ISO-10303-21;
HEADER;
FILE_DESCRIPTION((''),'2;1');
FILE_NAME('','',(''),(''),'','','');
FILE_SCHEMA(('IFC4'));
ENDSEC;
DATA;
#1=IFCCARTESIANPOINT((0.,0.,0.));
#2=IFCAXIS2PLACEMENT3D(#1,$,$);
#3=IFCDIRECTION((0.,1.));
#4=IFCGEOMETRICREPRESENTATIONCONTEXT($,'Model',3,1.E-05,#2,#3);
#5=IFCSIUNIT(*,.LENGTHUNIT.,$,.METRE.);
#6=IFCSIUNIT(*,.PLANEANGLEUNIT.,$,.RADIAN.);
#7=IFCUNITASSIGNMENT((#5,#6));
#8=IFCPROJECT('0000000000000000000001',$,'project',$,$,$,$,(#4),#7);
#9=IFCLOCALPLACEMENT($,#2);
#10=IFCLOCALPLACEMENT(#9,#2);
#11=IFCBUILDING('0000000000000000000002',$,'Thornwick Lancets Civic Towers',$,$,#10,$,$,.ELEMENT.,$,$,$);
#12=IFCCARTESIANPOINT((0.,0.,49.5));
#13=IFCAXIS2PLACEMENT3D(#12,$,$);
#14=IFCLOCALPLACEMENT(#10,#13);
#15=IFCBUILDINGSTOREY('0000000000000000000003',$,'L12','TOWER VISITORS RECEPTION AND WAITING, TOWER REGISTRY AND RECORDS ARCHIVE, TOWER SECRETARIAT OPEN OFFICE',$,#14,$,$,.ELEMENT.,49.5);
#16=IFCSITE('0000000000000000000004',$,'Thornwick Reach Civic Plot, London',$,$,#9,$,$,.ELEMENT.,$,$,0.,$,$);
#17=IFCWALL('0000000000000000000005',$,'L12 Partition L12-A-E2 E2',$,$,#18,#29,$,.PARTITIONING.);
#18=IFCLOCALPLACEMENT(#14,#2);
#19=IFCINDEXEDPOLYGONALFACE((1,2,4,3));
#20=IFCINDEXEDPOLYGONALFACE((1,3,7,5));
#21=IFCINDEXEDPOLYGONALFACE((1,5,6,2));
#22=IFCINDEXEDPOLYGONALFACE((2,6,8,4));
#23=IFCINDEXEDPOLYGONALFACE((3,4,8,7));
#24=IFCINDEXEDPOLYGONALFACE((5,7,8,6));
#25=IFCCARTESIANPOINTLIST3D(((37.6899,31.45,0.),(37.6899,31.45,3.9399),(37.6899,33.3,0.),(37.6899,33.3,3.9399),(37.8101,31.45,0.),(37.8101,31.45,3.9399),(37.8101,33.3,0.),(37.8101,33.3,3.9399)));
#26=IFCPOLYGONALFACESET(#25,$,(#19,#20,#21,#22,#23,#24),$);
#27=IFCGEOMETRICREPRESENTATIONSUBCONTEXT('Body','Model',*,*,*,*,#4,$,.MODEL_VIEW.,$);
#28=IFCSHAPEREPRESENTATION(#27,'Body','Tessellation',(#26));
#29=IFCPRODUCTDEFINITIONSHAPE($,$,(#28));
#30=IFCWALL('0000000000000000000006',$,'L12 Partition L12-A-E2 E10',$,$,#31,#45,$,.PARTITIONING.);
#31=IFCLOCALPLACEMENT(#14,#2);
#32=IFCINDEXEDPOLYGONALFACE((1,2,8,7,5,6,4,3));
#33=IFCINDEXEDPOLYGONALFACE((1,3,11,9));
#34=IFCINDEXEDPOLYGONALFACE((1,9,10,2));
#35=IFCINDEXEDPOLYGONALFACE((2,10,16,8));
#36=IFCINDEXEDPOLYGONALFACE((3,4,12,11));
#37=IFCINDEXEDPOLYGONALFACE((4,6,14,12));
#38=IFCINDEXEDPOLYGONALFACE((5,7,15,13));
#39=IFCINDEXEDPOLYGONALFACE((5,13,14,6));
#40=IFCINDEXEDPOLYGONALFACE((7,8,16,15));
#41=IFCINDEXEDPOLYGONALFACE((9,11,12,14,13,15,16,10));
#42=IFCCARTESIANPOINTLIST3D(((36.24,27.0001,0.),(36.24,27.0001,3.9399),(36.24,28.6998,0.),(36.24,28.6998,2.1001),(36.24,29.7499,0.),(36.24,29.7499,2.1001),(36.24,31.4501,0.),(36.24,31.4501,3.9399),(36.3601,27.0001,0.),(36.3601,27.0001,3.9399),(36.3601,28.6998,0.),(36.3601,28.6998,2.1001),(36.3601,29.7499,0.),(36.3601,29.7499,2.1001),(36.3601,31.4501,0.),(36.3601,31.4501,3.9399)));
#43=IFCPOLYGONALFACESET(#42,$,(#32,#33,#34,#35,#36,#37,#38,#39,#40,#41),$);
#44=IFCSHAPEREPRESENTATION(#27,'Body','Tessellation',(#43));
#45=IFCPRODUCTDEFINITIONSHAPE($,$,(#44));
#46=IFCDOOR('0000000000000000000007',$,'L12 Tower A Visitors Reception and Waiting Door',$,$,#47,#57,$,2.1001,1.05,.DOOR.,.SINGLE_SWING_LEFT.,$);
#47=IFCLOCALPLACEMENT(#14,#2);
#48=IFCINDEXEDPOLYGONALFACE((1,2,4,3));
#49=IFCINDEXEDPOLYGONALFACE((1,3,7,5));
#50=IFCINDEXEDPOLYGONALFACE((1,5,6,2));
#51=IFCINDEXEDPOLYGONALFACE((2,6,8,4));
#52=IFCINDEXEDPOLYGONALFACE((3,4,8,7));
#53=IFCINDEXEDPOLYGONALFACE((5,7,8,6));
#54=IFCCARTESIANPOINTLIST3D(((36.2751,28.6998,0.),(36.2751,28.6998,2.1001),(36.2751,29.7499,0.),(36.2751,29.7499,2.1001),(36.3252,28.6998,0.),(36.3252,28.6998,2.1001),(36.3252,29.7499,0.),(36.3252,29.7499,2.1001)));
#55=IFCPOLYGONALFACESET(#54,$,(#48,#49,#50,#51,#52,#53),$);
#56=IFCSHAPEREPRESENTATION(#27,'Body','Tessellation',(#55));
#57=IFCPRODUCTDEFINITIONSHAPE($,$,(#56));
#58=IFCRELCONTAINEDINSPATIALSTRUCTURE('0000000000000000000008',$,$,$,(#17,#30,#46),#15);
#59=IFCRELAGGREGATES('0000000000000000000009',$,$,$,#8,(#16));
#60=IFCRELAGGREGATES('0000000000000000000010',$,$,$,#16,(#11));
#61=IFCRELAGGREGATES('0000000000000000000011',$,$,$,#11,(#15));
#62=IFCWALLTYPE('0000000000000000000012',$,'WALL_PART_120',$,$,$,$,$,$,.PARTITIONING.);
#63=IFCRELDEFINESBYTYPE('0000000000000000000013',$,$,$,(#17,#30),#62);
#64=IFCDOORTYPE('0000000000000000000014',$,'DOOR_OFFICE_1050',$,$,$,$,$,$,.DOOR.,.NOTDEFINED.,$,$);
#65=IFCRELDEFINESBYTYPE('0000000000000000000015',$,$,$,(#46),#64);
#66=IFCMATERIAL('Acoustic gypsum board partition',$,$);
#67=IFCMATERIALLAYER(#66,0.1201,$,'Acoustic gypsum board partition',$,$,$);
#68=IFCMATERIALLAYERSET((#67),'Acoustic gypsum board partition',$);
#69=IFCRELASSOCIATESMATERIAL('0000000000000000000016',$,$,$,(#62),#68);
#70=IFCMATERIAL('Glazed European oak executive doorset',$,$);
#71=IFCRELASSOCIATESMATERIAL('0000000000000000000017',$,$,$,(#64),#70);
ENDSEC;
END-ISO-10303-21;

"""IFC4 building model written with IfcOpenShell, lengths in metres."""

from ifc_helpers import new_model, si_unit, direction, frame, frame_2d, origin, place, context, subcontext, project, spatial, rectangle, extrude, material, layer, layer_set, type_object, element, fill, save


model = new_model("IFC4")

# Units and contexts
model_context = context("Model", 3, precision=1e-05, world=origin(), true_north=direction((0.0, 1.0)))
body_context = subcontext(model_context, "Body", "Model", "MODEL_VIEW")
ifc_project = project(units=[si_unit("LENGTHUNIT", "METRE"), si_unit("PLANEANGLEUNIT", "RADIAN")], contexts=[model_context])

# Site, building, storey
site_placement = place(None, origin())
site = spatial("IfcSite", under=ifc_project, at=site_placement, Name="Thornwick Reach Civic Plot, London", CompositionType="ELEMENT", RefElevation=0.0)
building_placement = place(site_placement, origin())
building = spatial("IfcBuilding", under=site, at=building_placement, Name="Thornwick Lancets Civic Towers", CompositionType="ELEMENT")
storey_placement = place(building_placement, frame((0.0, 0.0, 49.5)))
storey = spatial("IfcBuildingStorey", under=building, at=storey_placement, Name="L12", Description="TOWER VISITORS RECEPTION AND WAITING, TOWER REGISTRY AND RECORDS ARCHIVE, TOWER SECRETARIAT OPEN OFFICE", CompositionType="ELEMENT", Elevation=49.5)

# Wall
ifc_material_1 = material(Name="Acoustic gypsum board partition")
ifc_layer_1 = layer(ifc_material_1, 0.1201, Name="Acoustic gypsum board partition")
ifc_layer_set_1 = layer_set([ifc_layer_1], Name="Acoustic gypsum board partition")
wall_type_1 = type_object("IfcWallType", Name="WALL_PART_120", PredefinedType="PARTITIONING", material=ifc_layer_set_1)
wall_1_placement = place(storey_placement, frame((37.75, 31.45, 0.0), z_axis=(0.0, 0.0, 1.0), x_axis=(0.0, 1.0, 0.0)))
element("IfcWall", 1, at=wall_1_placement, inside=storey, type_object=wall_type_1, Name="L12 Partition L12-A-E2 E2", PredefinedType="PARTITIONING", context=body_context, shape_type="SweptSolid", body=[
    extrude(rectangle(XDim=1.8501, YDim=0.1201, at=frame_2d((0.925, 0.0))), origin(), (0.0, 0.0, 1.0), 3.9399),
])

# Wall, opening, door
wall_2_placement = place(storey_placement, frame((36.3, 27.0, 0.0), z_axis=(0.0, 0.0, 1.0), x_axis=(0.0, 1.0, 0.0)))
wall_2 = element("IfcWall", 2, at=wall_2_placement, inside=storey, type_object=wall_type_1, Name="L12 Partition L12-A-E2 E10", PredefinedType="PARTITIONING", context=body_context, shape_type="SweptSolid", body=[
    extrude(rectangle(XDim=4.45, YDim=0.1201, at=frame_2d((2.2251, 0.0))), origin(), (0.0, 0.0, 1.0), 3.9399),
])
opening_1_placement = place(wall_2_placement, frame((1.7, 0.0, 0.0)))
opening_1 = element("IfcOpeningElement", 3, at=opening_1_placement, cuts=wall_2, PredefinedType="OPENING", context=body_context, shape_type="SweptSolid", body=[
    extrude(rectangle(XDim=1.05, YDim=2.1001, at=frame_2d((0.5249, 1.05))), frame((0.0, 0.0701, 0.0), z_axis=(0.0, -1.0, 0.0), x_axis=(1.0, 0.0, 0.0)), (0.0, 0.0, 1.0), 0.1401),
])
ifc_material_2 = material(Name="Glazed European oak executive doorset")
door_type_1 = type_object("IfcDoorType", Name="DOOR_OFFICE_1050", OperationType="NOTDEFINED", PredefinedType="DOOR", material=ifc_material_2)
door_1_placement = place(opening_1_placement, origin())
door_1 = element("IfcDoor", 4, at=door_1_placement, inside=storey, type_object=door_type_1, Name="L12 Tower A Visitors Reception and Waiting Door", OperationType="SINGLE_SWING_LEFT", OverallHeight=2.1001, OverallWidth=1.05, PredefinedType="DOOR", context=body_context, shape_type="SweptSolid", body=[
    extrude(rectangle(XDim=1.05, YDim=2.1001, at=frame_2d((0.5249, 1.05))), frame((0.0, 0.0249, 0.0), z_axis=(0.0, -1.0, 0.0), x_axis=(1.0, 0.0, 0.0)), (0.0, 0.0, 1.0), 0.05),
])
fill(opening_1, door_1)

save(model, "model.ifc")
